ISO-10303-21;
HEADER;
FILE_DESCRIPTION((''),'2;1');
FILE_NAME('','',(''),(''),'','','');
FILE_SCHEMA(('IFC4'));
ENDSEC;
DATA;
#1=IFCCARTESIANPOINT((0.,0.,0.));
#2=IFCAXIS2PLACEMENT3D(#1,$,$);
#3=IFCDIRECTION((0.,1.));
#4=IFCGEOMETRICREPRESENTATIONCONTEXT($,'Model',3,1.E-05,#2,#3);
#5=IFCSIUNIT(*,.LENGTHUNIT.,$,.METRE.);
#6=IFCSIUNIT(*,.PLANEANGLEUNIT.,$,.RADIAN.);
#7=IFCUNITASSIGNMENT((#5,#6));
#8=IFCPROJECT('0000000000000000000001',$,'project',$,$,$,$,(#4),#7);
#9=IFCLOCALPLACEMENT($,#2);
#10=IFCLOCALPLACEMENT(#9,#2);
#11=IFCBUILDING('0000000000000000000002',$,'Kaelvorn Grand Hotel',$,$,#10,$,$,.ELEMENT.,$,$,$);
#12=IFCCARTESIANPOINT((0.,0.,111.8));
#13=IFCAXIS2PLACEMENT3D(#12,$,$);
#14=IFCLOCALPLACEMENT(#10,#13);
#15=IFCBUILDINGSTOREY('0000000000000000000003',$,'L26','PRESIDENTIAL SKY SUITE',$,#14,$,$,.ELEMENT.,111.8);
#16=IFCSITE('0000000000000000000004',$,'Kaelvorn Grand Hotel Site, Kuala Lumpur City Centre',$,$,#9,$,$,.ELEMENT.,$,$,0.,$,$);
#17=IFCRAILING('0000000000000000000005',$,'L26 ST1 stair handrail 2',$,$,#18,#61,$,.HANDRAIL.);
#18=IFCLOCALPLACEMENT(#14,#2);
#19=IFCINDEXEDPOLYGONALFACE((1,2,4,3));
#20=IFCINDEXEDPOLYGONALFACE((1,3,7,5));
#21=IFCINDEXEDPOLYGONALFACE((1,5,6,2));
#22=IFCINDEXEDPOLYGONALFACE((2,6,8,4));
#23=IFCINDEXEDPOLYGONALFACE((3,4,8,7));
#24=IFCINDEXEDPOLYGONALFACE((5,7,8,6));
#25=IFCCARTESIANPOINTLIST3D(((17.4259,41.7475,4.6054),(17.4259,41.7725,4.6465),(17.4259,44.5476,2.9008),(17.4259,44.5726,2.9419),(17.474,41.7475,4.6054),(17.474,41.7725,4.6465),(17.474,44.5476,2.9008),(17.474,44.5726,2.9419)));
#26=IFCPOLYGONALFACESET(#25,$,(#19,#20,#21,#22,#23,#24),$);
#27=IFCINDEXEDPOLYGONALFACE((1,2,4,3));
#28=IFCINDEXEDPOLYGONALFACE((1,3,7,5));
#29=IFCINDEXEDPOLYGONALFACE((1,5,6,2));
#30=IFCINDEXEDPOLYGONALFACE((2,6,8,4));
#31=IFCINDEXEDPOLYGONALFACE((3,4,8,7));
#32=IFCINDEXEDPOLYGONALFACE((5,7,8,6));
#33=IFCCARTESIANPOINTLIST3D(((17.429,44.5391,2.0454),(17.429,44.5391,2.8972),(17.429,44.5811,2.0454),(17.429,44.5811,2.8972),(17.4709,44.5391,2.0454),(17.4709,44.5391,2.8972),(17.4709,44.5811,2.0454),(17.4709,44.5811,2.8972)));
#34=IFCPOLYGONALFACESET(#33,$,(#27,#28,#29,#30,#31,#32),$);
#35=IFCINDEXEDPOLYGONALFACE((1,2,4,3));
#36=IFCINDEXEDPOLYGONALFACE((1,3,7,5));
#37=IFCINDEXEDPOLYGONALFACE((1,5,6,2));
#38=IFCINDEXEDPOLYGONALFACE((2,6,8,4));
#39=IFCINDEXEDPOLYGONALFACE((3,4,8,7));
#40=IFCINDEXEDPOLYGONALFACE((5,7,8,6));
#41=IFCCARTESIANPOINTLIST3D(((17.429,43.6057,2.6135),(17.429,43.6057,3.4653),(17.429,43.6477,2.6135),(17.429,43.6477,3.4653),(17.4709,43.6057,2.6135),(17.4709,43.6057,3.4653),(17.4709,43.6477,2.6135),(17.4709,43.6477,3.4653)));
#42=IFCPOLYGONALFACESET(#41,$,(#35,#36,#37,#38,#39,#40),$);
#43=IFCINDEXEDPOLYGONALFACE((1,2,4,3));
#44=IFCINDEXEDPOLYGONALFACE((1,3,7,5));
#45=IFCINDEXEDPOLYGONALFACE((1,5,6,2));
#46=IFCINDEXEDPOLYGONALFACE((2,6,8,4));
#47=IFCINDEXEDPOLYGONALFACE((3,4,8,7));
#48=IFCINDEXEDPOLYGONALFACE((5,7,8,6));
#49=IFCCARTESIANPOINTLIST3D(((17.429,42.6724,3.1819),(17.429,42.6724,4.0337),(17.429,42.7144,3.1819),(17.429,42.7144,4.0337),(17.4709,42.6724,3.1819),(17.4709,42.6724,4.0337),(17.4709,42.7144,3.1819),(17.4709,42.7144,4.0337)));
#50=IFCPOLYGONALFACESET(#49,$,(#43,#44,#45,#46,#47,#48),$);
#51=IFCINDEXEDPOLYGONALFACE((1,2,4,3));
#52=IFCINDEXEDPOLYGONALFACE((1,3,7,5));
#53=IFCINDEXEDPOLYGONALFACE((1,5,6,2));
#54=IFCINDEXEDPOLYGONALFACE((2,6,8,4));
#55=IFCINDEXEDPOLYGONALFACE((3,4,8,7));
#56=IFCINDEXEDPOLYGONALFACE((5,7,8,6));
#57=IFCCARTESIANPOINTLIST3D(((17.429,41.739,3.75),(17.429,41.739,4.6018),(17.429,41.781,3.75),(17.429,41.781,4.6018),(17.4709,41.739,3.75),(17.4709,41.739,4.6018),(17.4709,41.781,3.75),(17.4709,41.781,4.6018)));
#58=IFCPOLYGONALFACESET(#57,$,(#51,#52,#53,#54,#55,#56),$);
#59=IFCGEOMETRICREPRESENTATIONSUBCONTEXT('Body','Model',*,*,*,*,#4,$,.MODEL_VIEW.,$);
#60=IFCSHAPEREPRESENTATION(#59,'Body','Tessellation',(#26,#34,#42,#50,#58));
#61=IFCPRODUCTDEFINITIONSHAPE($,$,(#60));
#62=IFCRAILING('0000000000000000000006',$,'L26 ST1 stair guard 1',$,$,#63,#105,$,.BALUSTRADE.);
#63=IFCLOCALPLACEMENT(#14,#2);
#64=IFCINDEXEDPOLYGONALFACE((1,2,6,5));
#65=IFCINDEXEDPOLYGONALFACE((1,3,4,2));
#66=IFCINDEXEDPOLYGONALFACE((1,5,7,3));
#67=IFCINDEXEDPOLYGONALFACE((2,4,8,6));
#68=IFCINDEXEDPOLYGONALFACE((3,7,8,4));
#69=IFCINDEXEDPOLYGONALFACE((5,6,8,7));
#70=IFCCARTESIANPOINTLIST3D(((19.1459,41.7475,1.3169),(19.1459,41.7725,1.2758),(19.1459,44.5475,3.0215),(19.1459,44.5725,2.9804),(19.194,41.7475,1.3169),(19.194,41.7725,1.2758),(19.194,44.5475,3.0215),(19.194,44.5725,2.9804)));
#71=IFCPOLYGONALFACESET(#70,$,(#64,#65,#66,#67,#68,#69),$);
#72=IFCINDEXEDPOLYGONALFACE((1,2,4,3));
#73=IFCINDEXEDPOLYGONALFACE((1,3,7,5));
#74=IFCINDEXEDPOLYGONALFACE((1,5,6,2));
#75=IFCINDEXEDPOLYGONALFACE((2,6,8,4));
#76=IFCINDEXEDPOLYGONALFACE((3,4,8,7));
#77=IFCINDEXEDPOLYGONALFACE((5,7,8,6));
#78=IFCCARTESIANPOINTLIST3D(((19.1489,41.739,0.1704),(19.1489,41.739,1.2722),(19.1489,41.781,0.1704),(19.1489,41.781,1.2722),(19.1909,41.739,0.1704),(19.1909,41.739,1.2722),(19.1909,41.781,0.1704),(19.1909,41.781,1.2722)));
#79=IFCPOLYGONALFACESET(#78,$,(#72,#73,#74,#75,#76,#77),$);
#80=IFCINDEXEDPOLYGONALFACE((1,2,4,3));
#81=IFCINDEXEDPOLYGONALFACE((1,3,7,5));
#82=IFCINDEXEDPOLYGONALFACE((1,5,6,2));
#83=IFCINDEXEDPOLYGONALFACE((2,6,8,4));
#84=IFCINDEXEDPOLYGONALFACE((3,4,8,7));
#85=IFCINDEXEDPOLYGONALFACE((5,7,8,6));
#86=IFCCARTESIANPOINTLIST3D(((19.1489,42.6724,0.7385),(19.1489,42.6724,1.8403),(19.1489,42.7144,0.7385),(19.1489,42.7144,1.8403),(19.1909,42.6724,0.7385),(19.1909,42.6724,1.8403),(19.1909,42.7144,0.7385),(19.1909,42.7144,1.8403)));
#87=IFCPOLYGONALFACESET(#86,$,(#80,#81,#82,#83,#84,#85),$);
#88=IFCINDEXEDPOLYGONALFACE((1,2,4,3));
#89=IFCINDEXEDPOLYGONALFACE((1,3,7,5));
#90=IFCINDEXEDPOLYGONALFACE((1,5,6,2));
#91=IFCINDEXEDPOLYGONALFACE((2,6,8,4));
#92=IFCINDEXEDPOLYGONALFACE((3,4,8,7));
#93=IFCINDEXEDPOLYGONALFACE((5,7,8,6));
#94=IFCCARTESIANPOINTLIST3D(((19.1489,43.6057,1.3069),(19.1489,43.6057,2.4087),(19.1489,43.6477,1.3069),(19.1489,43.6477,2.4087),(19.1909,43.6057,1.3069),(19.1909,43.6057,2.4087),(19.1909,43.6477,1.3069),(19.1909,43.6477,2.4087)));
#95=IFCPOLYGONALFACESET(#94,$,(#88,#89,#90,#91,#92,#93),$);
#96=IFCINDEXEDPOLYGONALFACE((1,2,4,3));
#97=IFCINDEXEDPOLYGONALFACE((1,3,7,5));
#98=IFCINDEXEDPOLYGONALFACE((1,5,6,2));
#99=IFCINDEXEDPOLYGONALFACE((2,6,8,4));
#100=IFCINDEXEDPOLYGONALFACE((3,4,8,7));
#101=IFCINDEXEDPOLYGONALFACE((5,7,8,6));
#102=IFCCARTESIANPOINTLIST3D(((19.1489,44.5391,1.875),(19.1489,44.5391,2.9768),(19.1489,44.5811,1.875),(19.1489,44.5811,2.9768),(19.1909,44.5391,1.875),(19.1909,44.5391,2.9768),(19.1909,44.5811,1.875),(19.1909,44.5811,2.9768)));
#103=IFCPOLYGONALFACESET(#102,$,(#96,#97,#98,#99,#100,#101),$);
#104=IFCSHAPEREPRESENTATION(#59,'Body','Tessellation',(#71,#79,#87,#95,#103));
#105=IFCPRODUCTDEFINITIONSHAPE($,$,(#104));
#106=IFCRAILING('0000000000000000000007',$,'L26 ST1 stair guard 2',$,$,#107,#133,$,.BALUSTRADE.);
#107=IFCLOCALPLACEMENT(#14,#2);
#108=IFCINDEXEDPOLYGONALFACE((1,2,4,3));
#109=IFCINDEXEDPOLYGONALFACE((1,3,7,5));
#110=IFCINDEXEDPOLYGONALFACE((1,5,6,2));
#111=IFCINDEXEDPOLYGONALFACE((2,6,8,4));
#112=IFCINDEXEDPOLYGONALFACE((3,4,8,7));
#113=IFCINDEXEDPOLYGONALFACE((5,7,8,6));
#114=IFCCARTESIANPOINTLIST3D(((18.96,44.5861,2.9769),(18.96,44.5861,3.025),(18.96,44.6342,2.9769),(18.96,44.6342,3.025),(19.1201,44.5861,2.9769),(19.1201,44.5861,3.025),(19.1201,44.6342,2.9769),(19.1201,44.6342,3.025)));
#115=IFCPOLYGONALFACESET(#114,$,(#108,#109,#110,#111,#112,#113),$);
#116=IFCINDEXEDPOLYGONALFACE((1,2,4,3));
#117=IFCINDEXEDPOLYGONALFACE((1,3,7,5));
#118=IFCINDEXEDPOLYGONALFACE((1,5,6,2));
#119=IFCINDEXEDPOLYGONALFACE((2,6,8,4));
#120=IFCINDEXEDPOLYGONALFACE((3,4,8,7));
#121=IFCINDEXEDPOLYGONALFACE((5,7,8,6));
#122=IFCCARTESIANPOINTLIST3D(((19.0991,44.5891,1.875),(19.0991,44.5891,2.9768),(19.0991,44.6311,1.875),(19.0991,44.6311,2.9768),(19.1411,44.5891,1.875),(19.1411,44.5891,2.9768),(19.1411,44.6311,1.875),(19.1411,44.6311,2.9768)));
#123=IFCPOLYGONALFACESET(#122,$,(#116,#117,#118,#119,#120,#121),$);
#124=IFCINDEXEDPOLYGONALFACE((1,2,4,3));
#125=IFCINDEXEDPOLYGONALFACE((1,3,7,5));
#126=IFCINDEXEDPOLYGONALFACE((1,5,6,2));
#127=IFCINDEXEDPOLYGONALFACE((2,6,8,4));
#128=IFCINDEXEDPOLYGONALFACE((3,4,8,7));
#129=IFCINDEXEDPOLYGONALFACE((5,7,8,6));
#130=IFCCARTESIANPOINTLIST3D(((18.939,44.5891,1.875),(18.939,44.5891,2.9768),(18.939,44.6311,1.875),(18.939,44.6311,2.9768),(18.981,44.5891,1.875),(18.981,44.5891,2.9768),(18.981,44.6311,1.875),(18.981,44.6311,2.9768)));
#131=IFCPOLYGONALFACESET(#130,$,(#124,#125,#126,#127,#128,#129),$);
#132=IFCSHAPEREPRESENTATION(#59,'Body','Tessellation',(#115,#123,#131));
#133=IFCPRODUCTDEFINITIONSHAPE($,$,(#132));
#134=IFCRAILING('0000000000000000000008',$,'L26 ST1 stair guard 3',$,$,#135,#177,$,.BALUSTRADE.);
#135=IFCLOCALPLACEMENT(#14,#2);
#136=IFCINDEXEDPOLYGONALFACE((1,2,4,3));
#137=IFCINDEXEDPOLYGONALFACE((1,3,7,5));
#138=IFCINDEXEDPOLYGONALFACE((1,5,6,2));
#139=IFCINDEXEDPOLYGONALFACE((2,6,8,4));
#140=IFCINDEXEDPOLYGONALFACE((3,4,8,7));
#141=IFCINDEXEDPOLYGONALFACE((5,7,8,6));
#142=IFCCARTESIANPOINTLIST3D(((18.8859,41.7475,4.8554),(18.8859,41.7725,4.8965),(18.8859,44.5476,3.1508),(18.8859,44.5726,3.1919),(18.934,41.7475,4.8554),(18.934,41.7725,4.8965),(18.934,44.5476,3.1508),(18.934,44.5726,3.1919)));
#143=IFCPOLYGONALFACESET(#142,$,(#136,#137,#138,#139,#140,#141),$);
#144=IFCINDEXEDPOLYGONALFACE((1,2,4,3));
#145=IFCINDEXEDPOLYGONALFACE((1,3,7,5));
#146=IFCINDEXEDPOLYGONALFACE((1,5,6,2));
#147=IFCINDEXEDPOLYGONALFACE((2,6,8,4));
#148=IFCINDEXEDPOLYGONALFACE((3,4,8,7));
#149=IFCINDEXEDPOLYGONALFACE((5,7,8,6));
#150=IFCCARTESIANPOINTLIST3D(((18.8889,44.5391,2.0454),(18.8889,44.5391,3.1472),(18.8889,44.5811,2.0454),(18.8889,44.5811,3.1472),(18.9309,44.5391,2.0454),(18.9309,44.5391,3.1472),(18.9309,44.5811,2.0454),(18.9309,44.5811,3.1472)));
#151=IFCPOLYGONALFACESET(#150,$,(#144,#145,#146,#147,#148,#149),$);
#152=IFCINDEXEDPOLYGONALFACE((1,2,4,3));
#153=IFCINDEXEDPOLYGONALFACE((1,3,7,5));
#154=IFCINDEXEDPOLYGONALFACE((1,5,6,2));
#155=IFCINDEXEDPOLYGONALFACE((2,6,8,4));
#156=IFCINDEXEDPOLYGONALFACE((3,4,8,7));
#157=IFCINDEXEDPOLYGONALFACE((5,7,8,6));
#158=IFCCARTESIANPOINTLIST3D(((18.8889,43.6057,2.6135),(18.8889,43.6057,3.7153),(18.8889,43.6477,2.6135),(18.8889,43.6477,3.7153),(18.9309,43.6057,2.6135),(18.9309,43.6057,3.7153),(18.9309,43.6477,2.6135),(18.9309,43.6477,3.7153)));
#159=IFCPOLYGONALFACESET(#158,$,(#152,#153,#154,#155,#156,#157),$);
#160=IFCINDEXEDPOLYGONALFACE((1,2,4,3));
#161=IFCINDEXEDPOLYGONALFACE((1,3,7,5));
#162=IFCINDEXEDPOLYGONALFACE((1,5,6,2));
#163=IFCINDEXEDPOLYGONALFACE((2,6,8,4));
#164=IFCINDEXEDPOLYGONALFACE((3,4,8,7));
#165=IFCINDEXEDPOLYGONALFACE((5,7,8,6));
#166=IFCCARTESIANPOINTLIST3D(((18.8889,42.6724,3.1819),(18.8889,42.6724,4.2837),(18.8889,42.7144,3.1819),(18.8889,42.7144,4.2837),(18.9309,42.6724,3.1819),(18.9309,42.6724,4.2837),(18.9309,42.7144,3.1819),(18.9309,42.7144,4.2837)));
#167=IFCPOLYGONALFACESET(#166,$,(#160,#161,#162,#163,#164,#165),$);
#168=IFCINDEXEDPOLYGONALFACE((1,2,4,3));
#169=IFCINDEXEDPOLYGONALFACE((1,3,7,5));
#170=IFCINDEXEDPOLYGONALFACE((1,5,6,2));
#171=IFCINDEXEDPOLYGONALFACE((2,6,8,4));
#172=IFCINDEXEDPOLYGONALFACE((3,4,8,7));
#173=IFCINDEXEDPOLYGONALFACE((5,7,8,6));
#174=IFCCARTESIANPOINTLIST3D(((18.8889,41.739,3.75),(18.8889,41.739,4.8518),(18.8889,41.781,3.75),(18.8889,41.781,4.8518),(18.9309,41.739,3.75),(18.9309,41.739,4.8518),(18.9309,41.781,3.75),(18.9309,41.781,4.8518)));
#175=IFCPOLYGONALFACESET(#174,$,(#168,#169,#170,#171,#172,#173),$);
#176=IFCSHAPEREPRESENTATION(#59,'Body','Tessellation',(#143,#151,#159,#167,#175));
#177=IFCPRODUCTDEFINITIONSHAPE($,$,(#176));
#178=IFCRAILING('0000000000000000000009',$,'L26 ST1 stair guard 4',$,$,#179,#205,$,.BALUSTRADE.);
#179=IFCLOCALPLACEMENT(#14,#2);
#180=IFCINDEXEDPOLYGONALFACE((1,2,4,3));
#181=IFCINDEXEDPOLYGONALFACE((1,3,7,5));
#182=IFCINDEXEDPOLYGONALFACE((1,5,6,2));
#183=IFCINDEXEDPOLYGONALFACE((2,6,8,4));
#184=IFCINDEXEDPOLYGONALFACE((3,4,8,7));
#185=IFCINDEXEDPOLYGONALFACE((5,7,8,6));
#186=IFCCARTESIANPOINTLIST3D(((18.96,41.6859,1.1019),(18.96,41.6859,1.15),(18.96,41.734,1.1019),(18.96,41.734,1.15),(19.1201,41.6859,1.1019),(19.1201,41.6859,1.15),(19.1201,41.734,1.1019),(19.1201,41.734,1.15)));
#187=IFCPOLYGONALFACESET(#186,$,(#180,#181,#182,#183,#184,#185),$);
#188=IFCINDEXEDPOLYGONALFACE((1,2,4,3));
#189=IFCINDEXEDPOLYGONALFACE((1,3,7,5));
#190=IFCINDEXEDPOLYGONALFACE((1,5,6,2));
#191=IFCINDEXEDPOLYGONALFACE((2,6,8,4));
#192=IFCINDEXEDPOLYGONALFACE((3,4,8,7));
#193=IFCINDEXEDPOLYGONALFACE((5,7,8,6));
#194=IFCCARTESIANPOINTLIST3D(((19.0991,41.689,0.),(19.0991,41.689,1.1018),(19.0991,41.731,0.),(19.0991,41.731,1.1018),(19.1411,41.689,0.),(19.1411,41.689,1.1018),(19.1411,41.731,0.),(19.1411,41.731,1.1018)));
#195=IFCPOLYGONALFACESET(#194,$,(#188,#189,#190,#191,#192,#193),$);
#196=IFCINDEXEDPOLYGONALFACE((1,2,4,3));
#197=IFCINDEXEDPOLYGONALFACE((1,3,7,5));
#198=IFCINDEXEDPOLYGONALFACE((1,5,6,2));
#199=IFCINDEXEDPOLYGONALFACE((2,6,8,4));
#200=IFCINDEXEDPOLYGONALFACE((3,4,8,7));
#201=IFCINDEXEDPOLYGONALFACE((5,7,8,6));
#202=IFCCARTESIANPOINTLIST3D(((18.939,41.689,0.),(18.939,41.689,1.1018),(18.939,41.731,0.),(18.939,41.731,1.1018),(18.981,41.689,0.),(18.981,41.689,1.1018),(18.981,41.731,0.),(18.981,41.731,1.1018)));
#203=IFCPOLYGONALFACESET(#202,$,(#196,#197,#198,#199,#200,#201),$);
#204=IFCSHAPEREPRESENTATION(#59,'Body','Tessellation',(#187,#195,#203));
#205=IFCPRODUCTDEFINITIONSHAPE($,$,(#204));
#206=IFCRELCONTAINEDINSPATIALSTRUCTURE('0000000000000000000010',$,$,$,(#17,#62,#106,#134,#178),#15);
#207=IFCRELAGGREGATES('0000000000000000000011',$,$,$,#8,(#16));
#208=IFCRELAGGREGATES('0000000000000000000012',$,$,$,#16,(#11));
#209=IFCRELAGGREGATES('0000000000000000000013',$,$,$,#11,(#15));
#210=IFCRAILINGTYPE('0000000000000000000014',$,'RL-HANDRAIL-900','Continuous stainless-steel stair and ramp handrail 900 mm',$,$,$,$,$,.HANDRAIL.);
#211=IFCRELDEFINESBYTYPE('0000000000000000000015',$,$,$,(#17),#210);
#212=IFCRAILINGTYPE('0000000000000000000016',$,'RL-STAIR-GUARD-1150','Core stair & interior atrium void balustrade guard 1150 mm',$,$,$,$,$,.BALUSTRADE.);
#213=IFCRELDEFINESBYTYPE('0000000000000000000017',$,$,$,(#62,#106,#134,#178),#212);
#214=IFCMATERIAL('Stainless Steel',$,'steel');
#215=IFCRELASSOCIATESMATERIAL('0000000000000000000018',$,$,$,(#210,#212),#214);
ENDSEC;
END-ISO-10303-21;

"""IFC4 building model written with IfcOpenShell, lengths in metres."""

from ifc_helpers import new_model, si_unit, direction, frame, origin, origin_2d, place, context, subcontext, project, spatial, rectangle, extrude, material, type_object, element, save


model = new_model("IFC4")

# Units and contexts
model_context = context("Model", 3, precision=1e-05, world=origin(), true_north=direction((0.0, 1.0)))
body_context = subcontext(model_context, "Body", "Model", "MODEL_VIEW")
ifc_project = project(units=[si_unit("LENGTHUNIT", "METRE"), si_unit("PLANEANGLEUNIT", "RADIAN")], contexts=[model_context])

# Site, building, storey
site_placement = place(None, origin())
site = spatial("IfcSite", under=ifc_project, at=site_placement, Name="Kaelvorn Grand Hotel Site, Kuala Lumpur City Centre", CompositionType="ELEMENT", RefElevation=0.0)
building_placement = place(site_placement, origin())
building = spatial("IfcBuilding", under=site, at=building_placement, Name="Kaelvorn Grand Hotel", CompositionType="ELEMENT")
storey_placement = place(building_placement, frame((0.0, 0.0, 111.8)))
storey = spatial("IfcBuildingStorey", under=building, at=storey_placement, Name="L26", Description="PRESIDENTIAL SKY SUITE", CompositionType="ELEMENT", Elevation=111.8)

# Shared definitions
ifc_material_1 = material(Name="Stainless Steel", Category="steel")

# Railings
railing_type_1 = type_object("IfcRailingType", Name="RL-HANDRAIL-900", Description="Continuous stainless-steel stair and ramp handrail 900 mm", PredefinedType="HANDRAIL", material=ifc_material_1)
railing_1_placement = place(storey_placement, frame((17.45, 44.5601, 2.0454)))
element("IfcRailing", 1, at=railing_1_placement, inside=storey, type_object=railing_type_1, Name="L26 ST1 stair handrail 2", PredefinedType="HANDRAIL", context=body_context, shape_type="SweptSolid", body=[
    extrude(rectangle(XDim=0.0481, YDim=0.0481, at=origin_2d()), frame((0.0, 0.0, 0.876), z_axis=(0.0, -0.85417, 0.519994), x_axis=(1.0, 0.0, 0.0)), (0.0, 0.0, 1.0), 3.2781),
    extrude(rectangle(XDim=0.042, YDim=0.042, at=origin_2d()), origin(), (0.0, 0.0, 1.0), 0.8518),
    extrude(rectangle(XDim=0.042, YDim=0.042, at=origin_2d()), frame((0.0, -0.9333, 0.5681)), (0.0, 0.0, 1.0), 0.8518),
    extrude(rectangle(XDim=0.042, YDim=0.042, at=origin_2d()), frame((0.0, -1.8667, 1.1365)), (0.0, 0.0, 1.0), 0.8518),
    extrude(rectangle(XDim=0.042, YDim=0.042, at=origin_2d()), frame((0.0, -2.8, 1.7046)), (0.0, 0.0, 1.0), 0.8518),
])
railing_type_2 = type_object("IfcRailingType", Name="RL-STAIR-GUARD-1150", Description="Core stair & interior atrium void balustrade guard 1150 mm", PredefinedType="BALUSTRADE", material=ifc_material_1)
railing_2_placement = place(storey_placement, frame((19.1699, 41.76, 0.1704)))
element("IfcRailing", 2, at=railing_2_placement, inside=storey, type_object=railing_type_2, Name="L26 ST1 stair guard 1", PredefinedType="BALUSTRADE", context=body_context, shape_type="SweptSolid", body=[
    extrude(rectangle(XDim=0.0481, YDim=0.0481, at=origin_2d()), frame((0.0, 0.0, 1.126), z_axis=(0.0, 0.85417, 0.519994), x_axis=(-1.0, 0.0, 0.0)), (0.0, 0.0, 1.0), 3.2781),
    extrude(rectangle(XDim=0.042, YDim=0.042, at=origin_2d()), origin(), (0.0, 0.0, 1.0), 1.1018),
    extrude(rectangle(XDim=0.042, YDim=0.042, at=origin_2d()), frame((0.0, 0.9333, 0.5681)), (0.0, 0.0, 1.0), 1.1018),
    extrude(rectangle(XDim=0.042, YDim=0.042, at=origin_2d()), frame((0.0, 1.8667, 1.1365)), (0.0, 0.0, 1.0), 1.1018),
    extrude(rectangle(XDim=0.042, YDim=0.042, at=origin_2d()), frame((0.0, 2.8, 1.7046)), (0.0, 0.0, 1.0), 1.1018),
])
railing_3_placement = place(storey_placement, frame((19.1201, 44.6101, 1.875)))
element("IfcRailing", 3, at=railing_3_placement, inside=storey, type_object=railing_type_2, Name="L26 ST1 stair guard 2", PredefinedType="BALUSTRADE", context=body_context, shape_type="SweptSolid", body=[
    extrude(rectangle(XDim=0.0481, YDim=0.0481, at=origin_2d()), frame((0.0, 0.0, 1.126), z_axis=(-1.0, 0.0, 0.0), x_axis=(0.0, -1.0, 0.0)), (0.0, 0.0, 1.0), 0.1602),
    extrude(rectangle(XDim=0.042, YDim=0.042, at=origin_2d()), origin(), (0.0, 0.0, 1.0), 1.1018),
    extrude(rectangle(XDim=0.042, YDim=0.042, at=origin_2d()), frame((-0.1602, 0.0, 0.0)), (0.0, 0.0, 1.0), 1.1018),
])
railing_4_placement = place(storey_placement, frame((18.9099, 44.5601, 2.0454)))
element("IfcRailing", 4, at=railing_4_placement, inside=storey, type_object=railing_type_2, Name="L26 ST1 stair guard 3", PredefinedType="BALUSTRADE", context=body_context, shape_type="SweptSolid", body=[
    extrude(rectangle(XDim=0.0481, YDim=0.0481, at=origin_2d()), frame((0.0, 0.0, 1.126), z_axis=(0.0, -0.85417, 0.519994), x_axis=(1.0, 0.0, 0.0)), (0.0, 0.0, 1.0), 3.2781),
    extrude(rectangle(XDim=0.042, YDim=0.042, at=origin_2d()), origin(), (0.0, 0.0, 1.0), 1.1018),
    extrude(rectangle(XDim=0.042, YDim=0.042, at=origin_2d()), frame((0.0, -0.9333, 0.5681)), (0.0, 0.0, 1.0), 1.1018),
    extrude(rectangle(XDim=0.042, YDim=0.042, at=origin_2d()), frame((0.0, -1.8667, 1.1365)), (0.0, 0.0, 1.0), 1.1018),
    extrude(rectangle(XDim=0.042, YDim=0.042, at=origin_2d()), frame((0.0, -2.8, 1.7046)), (0.0, 0.0, 1.0), 1.1018),
])
railing_5_placement = place(storey_placement, frame((19.1201, 41.71, 0.0)))
element("IfcRailing", 5, at=railing_5_placement, inside=storey, type_object=railing_type_2, Name="L26 ST1 stair guard 4", PredefinedType="BALUSTRADE", context=body_context, shape_type="SweptSolid", body=[
    extrude(rectangle(XDim=0.0481, YDim=0.0481, at=origin_2d()), frame((0.0, 0.0, 1.126), z_axis=(-1.0, 0.0, 0.0), x_axis=(0.0, -1.0, 0.0)), (0.0, 0.0, 1.0), 0.1602),
    extrude(rectangle(XDim=0.042, YDim=0.042, at=origin_2d()), origin(), (0.0, 0.0, 1.0), 1.1018),
    extrude(rectangle(XDim=0.042, YDim=0.042, at=origin_2d()), frame((-0.1602, 0.0, 0.0)), (0.0, 0.0, 1.0), 1.1018),
])

save(model, "model.ifc")
